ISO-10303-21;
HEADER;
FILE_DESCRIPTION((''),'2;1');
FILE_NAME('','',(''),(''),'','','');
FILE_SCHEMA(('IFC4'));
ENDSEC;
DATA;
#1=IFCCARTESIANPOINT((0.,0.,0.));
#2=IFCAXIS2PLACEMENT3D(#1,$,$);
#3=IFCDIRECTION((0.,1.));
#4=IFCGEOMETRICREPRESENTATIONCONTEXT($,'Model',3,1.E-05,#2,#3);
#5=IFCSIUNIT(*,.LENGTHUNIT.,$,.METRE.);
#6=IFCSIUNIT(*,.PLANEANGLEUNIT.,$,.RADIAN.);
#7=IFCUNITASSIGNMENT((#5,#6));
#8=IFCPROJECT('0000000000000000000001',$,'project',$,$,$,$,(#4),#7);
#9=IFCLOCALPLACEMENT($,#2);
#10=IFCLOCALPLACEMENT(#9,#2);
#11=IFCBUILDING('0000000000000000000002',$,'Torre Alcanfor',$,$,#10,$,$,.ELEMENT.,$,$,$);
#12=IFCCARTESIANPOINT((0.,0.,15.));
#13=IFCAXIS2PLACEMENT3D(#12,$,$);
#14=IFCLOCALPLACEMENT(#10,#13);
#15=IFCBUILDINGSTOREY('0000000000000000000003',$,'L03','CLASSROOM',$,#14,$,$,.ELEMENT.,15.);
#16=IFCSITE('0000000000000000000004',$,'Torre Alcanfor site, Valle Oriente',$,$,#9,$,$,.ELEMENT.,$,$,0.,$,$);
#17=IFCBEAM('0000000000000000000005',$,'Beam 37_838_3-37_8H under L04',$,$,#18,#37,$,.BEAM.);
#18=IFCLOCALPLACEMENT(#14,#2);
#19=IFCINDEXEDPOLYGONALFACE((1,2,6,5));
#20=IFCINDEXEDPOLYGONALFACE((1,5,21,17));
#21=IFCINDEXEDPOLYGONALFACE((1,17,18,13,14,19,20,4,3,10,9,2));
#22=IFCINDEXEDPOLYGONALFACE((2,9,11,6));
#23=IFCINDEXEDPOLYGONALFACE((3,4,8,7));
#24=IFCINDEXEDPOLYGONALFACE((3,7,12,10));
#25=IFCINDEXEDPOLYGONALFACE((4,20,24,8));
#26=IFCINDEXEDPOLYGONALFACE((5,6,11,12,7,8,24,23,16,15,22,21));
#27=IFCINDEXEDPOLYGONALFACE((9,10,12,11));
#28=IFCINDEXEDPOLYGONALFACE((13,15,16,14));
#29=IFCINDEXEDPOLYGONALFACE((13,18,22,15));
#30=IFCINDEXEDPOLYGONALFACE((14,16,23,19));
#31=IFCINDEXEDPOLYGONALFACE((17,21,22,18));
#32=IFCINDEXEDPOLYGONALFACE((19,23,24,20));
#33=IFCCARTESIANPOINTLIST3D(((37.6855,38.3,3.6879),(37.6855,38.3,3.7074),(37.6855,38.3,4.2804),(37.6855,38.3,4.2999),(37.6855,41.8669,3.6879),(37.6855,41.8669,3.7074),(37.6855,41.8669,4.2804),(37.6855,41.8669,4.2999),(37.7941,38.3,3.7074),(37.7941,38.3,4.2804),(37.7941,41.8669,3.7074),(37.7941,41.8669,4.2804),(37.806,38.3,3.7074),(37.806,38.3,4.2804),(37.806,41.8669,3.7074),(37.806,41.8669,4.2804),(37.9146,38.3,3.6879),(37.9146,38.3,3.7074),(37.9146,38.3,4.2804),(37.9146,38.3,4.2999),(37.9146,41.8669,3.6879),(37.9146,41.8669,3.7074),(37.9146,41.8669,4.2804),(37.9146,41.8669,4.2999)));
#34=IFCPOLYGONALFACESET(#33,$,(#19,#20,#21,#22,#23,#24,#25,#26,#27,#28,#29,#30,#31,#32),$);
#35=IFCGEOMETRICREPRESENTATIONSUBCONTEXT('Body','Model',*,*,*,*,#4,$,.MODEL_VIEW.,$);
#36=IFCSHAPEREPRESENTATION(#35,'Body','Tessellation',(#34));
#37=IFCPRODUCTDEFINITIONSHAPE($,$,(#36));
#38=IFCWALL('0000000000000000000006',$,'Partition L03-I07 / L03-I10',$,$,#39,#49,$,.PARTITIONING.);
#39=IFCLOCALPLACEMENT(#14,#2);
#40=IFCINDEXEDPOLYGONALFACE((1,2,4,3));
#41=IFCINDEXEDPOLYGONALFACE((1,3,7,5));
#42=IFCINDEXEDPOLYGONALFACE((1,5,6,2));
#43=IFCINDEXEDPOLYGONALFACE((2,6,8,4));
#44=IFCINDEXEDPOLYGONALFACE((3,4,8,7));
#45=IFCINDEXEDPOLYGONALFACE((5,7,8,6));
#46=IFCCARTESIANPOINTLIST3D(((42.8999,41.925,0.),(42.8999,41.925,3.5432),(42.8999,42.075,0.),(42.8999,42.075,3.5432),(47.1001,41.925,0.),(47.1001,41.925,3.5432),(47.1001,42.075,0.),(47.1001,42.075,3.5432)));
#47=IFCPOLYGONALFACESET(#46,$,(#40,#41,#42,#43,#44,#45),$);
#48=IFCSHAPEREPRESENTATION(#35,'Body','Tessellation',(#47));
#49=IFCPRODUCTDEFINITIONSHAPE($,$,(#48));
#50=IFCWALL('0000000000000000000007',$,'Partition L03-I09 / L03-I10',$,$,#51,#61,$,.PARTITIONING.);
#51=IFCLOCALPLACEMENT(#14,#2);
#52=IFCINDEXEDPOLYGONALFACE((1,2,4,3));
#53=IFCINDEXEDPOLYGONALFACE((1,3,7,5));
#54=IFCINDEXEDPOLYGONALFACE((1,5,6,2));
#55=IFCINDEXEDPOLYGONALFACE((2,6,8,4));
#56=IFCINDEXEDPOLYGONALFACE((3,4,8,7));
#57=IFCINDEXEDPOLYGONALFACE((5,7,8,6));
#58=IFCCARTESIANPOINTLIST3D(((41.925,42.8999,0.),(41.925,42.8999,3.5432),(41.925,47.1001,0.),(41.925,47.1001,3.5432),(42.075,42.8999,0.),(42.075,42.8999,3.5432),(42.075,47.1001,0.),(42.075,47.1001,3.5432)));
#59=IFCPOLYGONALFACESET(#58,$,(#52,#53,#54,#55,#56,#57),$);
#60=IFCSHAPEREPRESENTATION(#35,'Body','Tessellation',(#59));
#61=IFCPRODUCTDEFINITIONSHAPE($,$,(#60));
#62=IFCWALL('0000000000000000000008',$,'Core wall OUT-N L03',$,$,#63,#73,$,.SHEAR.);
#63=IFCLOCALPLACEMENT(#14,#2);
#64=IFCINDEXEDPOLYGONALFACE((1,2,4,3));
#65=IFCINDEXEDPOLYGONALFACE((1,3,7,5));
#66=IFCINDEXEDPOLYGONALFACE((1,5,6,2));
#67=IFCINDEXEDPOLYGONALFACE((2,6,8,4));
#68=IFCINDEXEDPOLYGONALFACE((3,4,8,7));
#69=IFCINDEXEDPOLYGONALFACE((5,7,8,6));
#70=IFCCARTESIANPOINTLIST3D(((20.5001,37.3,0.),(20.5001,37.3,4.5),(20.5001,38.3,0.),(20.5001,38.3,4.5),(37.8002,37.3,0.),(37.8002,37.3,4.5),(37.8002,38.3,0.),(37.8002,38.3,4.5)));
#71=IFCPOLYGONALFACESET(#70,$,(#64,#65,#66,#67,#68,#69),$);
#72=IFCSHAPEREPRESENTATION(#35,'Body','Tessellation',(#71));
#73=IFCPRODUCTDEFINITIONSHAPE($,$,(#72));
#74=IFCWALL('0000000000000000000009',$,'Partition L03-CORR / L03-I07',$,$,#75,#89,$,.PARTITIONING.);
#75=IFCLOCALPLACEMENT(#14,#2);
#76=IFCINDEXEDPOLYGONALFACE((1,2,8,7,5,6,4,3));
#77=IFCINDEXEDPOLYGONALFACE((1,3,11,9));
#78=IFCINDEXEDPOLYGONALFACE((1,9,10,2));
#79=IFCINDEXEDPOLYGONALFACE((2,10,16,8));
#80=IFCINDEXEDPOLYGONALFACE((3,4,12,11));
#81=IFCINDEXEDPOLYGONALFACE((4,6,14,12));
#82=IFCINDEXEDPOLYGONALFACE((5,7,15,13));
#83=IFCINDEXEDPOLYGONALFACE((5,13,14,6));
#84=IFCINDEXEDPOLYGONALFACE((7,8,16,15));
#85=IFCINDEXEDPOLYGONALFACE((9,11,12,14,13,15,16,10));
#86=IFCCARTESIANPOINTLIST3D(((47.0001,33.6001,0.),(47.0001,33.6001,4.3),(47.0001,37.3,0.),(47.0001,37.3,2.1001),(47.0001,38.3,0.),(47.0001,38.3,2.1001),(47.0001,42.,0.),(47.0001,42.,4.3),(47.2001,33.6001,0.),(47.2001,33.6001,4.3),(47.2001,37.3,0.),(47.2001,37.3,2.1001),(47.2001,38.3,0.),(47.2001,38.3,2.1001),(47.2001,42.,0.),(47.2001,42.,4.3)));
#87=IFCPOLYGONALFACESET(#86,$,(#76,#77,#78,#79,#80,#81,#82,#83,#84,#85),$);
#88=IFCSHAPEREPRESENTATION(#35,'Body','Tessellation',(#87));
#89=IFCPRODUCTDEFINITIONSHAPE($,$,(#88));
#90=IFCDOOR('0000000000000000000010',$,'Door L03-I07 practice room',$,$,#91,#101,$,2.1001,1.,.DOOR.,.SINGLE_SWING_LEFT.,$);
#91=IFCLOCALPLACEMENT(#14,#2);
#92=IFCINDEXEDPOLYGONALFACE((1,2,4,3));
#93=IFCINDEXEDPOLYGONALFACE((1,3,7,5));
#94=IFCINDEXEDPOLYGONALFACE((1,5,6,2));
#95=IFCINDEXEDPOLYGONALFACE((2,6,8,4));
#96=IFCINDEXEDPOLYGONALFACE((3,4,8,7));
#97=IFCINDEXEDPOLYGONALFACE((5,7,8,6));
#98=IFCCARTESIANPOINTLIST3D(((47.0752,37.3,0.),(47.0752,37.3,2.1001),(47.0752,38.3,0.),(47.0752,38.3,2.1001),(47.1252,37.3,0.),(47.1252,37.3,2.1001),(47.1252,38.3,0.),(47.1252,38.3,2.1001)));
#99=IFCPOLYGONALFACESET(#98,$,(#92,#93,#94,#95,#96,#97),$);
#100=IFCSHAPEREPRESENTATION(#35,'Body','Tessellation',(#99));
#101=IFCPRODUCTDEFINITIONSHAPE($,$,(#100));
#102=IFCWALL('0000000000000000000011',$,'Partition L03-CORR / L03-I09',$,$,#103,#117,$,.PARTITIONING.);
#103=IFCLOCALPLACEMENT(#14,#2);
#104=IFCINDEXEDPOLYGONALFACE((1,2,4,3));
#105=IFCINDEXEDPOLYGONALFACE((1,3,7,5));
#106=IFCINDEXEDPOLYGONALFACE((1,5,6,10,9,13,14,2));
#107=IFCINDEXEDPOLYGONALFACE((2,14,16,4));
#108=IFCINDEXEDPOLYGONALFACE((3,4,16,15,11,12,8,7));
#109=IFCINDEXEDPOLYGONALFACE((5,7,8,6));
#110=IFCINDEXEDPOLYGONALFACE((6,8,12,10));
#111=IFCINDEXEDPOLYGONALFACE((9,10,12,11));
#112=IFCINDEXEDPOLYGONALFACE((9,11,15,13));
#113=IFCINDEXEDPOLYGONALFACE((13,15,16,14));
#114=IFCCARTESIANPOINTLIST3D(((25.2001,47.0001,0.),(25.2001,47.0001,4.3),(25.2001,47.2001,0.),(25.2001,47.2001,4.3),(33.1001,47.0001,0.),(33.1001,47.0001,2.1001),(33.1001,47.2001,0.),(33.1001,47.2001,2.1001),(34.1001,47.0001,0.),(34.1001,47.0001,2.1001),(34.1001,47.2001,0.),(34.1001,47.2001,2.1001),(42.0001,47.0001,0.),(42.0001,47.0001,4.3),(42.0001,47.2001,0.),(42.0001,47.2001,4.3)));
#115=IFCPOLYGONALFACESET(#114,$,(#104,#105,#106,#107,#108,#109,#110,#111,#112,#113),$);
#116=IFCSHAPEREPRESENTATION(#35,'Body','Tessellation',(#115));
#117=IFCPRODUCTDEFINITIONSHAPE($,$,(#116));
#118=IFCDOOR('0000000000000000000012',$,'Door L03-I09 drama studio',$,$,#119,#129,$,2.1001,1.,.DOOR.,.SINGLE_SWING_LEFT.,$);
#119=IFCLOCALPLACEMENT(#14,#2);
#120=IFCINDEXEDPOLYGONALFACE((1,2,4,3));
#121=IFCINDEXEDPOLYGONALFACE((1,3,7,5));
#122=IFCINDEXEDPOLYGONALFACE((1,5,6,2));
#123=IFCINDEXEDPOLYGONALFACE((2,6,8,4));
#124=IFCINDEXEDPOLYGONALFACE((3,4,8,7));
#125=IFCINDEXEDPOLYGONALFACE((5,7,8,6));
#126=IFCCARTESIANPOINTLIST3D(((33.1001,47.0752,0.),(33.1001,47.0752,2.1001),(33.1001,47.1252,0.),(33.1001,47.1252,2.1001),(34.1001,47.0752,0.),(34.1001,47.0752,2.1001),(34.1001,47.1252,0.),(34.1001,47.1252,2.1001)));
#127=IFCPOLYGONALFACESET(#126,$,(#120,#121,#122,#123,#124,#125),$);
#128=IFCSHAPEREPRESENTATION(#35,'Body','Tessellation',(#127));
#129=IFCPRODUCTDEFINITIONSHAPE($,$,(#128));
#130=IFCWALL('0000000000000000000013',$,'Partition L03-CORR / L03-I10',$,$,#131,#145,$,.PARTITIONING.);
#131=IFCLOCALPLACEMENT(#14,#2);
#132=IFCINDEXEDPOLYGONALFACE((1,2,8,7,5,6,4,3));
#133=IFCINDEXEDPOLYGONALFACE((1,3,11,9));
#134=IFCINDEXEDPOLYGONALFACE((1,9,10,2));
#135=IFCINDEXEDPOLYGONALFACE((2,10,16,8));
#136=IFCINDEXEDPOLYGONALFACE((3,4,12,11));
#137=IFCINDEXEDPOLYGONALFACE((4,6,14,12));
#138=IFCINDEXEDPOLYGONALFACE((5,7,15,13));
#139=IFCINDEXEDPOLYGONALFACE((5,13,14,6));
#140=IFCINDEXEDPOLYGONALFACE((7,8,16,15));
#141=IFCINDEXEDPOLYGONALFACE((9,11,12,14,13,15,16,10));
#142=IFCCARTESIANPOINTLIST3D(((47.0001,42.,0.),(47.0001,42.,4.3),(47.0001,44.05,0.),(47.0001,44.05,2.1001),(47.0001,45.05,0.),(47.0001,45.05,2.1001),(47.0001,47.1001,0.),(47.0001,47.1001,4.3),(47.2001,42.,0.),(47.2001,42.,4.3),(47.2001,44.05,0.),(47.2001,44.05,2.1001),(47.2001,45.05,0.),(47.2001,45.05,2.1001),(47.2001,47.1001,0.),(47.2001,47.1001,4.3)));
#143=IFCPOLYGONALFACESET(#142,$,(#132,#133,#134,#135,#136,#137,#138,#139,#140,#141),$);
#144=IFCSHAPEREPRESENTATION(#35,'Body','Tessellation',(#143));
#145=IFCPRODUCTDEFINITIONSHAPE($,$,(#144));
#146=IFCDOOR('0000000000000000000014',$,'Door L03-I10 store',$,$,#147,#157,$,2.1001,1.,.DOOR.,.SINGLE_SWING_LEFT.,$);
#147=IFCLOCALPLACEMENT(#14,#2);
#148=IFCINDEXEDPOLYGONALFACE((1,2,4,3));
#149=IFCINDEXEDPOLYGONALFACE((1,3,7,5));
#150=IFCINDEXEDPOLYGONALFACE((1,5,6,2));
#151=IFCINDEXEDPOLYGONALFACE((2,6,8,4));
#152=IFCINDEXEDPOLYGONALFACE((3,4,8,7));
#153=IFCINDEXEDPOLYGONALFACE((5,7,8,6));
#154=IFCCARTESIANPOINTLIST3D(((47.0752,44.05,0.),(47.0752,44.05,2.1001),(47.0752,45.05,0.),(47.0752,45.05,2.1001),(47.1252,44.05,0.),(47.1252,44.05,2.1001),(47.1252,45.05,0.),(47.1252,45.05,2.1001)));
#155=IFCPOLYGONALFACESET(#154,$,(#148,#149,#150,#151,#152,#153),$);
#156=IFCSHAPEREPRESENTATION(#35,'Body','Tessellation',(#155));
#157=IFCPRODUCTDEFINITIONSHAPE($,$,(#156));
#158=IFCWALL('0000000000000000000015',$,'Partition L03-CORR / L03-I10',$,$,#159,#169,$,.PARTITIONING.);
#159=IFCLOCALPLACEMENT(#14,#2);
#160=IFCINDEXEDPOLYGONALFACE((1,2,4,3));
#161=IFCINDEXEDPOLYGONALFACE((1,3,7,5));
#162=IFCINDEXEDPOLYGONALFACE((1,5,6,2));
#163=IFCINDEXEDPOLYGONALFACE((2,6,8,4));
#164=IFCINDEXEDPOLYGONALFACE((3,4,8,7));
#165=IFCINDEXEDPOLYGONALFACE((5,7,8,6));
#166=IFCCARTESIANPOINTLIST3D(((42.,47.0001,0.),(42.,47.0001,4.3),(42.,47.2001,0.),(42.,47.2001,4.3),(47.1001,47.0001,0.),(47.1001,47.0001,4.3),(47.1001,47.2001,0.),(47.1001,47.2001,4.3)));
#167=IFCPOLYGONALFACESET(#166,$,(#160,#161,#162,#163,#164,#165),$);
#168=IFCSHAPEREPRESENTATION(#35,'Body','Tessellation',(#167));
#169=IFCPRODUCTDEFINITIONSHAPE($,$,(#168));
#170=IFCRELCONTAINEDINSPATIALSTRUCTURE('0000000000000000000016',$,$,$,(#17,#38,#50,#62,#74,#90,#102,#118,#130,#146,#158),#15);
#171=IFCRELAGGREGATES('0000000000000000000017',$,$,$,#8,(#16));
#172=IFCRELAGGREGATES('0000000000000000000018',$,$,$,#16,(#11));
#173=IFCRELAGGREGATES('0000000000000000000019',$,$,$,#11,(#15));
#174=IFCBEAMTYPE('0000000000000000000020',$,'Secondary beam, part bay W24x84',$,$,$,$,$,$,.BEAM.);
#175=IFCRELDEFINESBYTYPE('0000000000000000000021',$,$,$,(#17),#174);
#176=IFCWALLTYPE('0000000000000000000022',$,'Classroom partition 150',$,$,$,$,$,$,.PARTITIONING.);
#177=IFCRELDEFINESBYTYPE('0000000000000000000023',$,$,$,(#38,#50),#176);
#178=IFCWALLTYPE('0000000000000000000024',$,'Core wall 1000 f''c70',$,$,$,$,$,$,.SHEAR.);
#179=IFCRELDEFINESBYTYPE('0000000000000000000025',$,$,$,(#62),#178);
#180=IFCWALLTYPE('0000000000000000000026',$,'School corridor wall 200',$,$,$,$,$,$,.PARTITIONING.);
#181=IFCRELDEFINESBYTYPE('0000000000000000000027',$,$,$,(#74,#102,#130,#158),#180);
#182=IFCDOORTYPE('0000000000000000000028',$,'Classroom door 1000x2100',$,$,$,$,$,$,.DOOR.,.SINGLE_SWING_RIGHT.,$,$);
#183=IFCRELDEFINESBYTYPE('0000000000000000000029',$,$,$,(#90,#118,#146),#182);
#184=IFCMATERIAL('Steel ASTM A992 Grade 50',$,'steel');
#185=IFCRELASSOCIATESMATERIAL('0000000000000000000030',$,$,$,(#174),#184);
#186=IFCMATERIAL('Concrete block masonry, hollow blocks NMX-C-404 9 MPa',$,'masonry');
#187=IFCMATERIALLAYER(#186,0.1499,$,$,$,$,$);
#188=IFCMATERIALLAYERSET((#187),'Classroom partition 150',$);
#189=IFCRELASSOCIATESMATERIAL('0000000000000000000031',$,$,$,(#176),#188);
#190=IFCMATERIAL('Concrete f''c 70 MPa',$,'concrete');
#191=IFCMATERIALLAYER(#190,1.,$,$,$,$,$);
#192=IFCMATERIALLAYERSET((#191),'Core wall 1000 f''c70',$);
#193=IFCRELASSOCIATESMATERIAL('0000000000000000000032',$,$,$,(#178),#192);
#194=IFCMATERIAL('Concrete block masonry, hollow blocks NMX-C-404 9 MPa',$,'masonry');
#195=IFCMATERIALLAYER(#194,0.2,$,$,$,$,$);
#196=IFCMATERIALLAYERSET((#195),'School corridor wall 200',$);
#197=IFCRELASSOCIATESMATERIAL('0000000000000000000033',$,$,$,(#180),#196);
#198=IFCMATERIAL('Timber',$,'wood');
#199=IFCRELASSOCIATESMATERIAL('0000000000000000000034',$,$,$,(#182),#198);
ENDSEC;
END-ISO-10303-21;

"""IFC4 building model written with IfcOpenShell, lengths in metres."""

from ifc_helpers import new_model, si_unit, direction, frame, frame_2d, origin, origin_2d, place, context, subcontext, project, spatial, rectangle, i_section, extrude, material, layer, layer_set, material_profile, profile_set, type_object, element, fill, save


model = new_model("IFC4")

# Units and contexts
model_context = context("Model", 3, precision=1e-05, world=origin(), true_north=direction((0.0, 1.0)))
body_context = subcontext(model_context, "Body", "Model", "MODEL_VIEW")
ifc_project = project(units=[si_unit("LENGTHUNIT", "METRE"), si_unit("PLANEANGLEUNIT", "RADIAN")], contexts=[model_context])

# Site, building, storey
site_placement = place(None, origin())
site = spatial("IfcSite", under=ifc_project, at=site_placement, Name="Torre Alcanfor site, Valle Oriente", CompositionType="ELEMENT", RefElevation=0.0)
building_placement = place(site_placement, origin())
building = spatial("IfcBuilding", under=site, at=building_placement, Name="Torre Alcanfor", CompositionType="ELEMENT")
storey_placement = place(building_placement, frame((0.0, 0.0, 15.0)))
storey = spatial("IfcBuildingStorey", under=building, at=storey_placement, Name="L03", Description="CLASSROOM", CompositionType="ELEMENT", Elevation=15.0)

# Beam
ifc_material_1 = material(Name="Steel ASTM A992 Grade 50", Category="steel")
ifc_material_profile_1 = material_profile(ifc_material_1, i_section(OverallWidth=0.229, OverallDepth=0.6121, WebThickness=0.012, FlangeThickness=0.0195, at=origin_2d()), Name="W24x84")
ifc_profile_set_1 = profile_set([ifc_material_profile_1], Name="Steel ASTM A992 Grade 50")
beam_type_1 = type_object("IfcBeamType", Name="Secondary beam, part bay W24x84", PredefinedType="BEAM", material=ifc_profile_set_1)
beam_1_placement = place(storey_placement, frame((37.8, 38.3, 3.9939), z_axis=(0.0, 1.0, 0.0), x_axis=(-1.0, 0.0, 0.0)))
element("IfcBeam", 1, at=beam_1_placement, inside=storey, type_object=beam_type_1, Name="Beam 37_838_3-37_8H under L04", PredefinedType="BEAM", context=body_context, shape_type="SweptSolid", body=[
    extrude(i_section(OverallWidth=0.229, OverallDepth=0.6121, WebThickness=0.012, FlangeThickness=0.0195, at=origin_2d()), origin(), (0.0, 0.0, 1.0), 3.5669),
])

# Walls
ifc_material_2 = material(Name="Concrete block masonry, hollow blocks NMX-C-404 9 MPa", Category="masonry")
ifc_layer_1 = layer(ifc_material_2, 0.1499)
ifc_layer_set_1 = layer_set([ifc_layer_1], Name="Classroom partition 150")
wall_type_1 = type_object("IfcWallType", Name="Classroom partition 150", PredefinedType="PARTITIONING", material=ifc_layer_set_1)
for number, where, z_axis, x_axis, name in (
    (2, (42.8999, 42.0, 0.0), (0.0, 0.0, 1.0), (1.0, 0.0, 0.0), "Partition L03-I07 / L03-I10"),
    (3, (42.0, 47.1001, 0.0), (0.0, 0.0, 1.0), (0.0, -1.0, 0.0), "Partition L03-I09 / L03-I10"),
):
    element("IfcWall", number, at=place(storey_placement, frame(where, z_axis=z_axis, x_axis=x_axis)), inside=storey, type_object=wall_type_1, Name=name, PredefinedType="PARTITIONING", context=body_context, shape_type="SweptSolid", body=[
        extrude(rectangle(XDim=4.2002, YDim=0.1499, at=frame_2d((2.1001, 0.0))), origin(), (0.0, 0.0, 1.0), 3.5432),
    ])
ifc_material_3 = material(Name="Concrete f'c 70 MPa", Category="concrete")
ifc_layer_2 = layer(ifc_material_3, 1.0)
ifc_layer_set_2 = layer_set([ifc_layer_2], Name="Core wall 1000 f'c70")
wall_type_2 = type_object("IfcWallType", Name="Core wall 1000 f'c70", PredefinedType="SHEAR", material=ifc_layer_set_2)
wall_1_placement = place(storey_placement, frame((37.8, 37.8, 0.0), z_axis=(0.0, 0.0, 1.0), x_axis=(-1.0, 0.0, 0.0)))
element("IfcWall", 4, at=wall_1_placement, inside=storey, type_object=wall_type_2, Name="Core wall OUT-N L03", PredefinedType="SHEAR", context=body_context, shape_type="SweptSolid", body=[
    extrude(rectangle(XDim=17.3, YDim=1.0, at=frame_2d((8.6499, 0.0))), origin(), (0.0, 0.0, 1.0), 4.5),
])

# Walls, openings, doors
ifc_material_4 = material(Name="Concrete block masonry, hollow blocks NMX-C-404 9 MPa", Category="masonry")
ifc_layer_3 = layer(ifc_material_4, 0.2)
ifc_layer_set_3 = layer_set([ifc_layer_3], Name="School corridor wall 200")
wall_type_3 = type_object("IfcWallType", Name="School corridor wall 200", PredefinedType="PARTITIONING", material=ifc_layer_set_3)
wall_2_placement = place(storey_placement, frame((47.1001, 33.6001, 0.0), z_axis=(0.0, 0.0, 1.0), x_axis=(0.0, 1.0, 0.0)))
wall_2 = element("IfcWall", 5, at=wall_2_placement, inside=storey, type_object=wall_type_3, Name="Partition L03-CORR / L03-I07", PredefinedType="PARTITIONING", context=body_context, shape_type="SweptSolid", body=[
    extrude(rectangle(XDim=8.3999, YDim=0.2, at=frame_2d((4.2, 0.0))), origin(), (0.0, 0.0, 1.0), 4.3),
])
opening_1_placement = place(wall_2_placement, frame((3.7, 0.0, 0.0)))
opening_1 = element("IfcOpeningElement", 6, at=opening_1_placement, cuts=wall_2, PredefinedType="OPENING", context=body_context, shape_type="SweptSolid", body=[
    extrude(rectangle(XDim=1.0, YDim=2.1001, at=frame_2d((0.5, 1.05))), frame((0.0, 0.1099, 0.0), z_axis=(0.0, -1.0, 0.0), x_axis=(1.0, 0.0, 0.0)), (0.0, 0.0, 1.0), 0.22),
])
ifc_material_5 = material(Name="Timber", Category="wood")
door_type = type_object("IfcDoorType", Name="Classroom door 1000x2100", OperationType="SINGLE_SWING_RIGHT", PredefinedType="DOOR", material=ifc_material_5)
door_1_placement = place(opening_1_placement, origin())
door_1 = element("IfcDoor", 7, at=door_1_placement, inside=storey, type_object=door_type, Name="Door L03-I07 practice room", OperationType="SINGLE_SWING_LEFT", OverallHeight=2.1001, OverallWidth=1.0, PredefinedType="DOOR", context=body_context, shape_type="SweptSolid", body=[
    extrude(rectangle(XDim=1.0, YDim=2.1001, at=frame_2d((0.5, 1.05))), frame((0.0, 0.0249, 0.0), z_axis=(0.0, -1.0, 0.0), x_axis=(1.0, 0.0, 0.0)), (0.0, 0.0, 1.0), 0.05),
])
fill(opening_1, door_1)
wall_3_placement = place(storey_placement, frame((42.0, 47.1001, 0.0), z_axis=(0.0, 0.0, 1.0), x_axis=(-1.0, 0.0, 0.0)))
wall_3 = element("IfcWall", 8, at=wall_3_placement, inside=storey, type_object=wall_type_3, Name="Partition L03-CORR / L03-I09", PredefinedType="PARTITIONING", context=body_context, shape_type="SweptSolid", body=[
    extrude(rectangle(XDim=16.8, YDim=0.2, at=frame_2d((8.3999, 0.0))), origin(), (0.0, 0.0, 1.0), 4.3),
])
opening_2_placement = place(wall_3_placement, frame((7.8999, 0.0, 0.0)))
opening_2 = element("IfcOpeningElement", 9, at=opening_2_placement, cuts=wall_3, PredefinedType="OPENING", context=body_context, shape_type="SweptSolid", body=[
    extrude(rectangle(XDim=1.0, YDim=2.1001, at=frame_2d((0.5, 1.05))), frame((0.0, 0.1099, 0.0), z_axis=(0.0, -1.0, 0.0), x_axis=(1.0, 0.0, 0.0)), (0.0, 0.0, 1.0), 0.22),
])
door_2_placement = place(opening_2_placement, origin())
door_2 = element("IfcDoor", 10, at=door_2_placement, inside=storey, type_object=door_type, Name="Door L03-I09 drama studio", OperationType="SINGLE_SWING_LEFT", OverallHeight=2.1001, OverallWidth=1.0, PredefinedType="DOOR", context=body_context, shape_type="SweptSolid", body=[
    extrude(rectangle(XDim=1.0, YDim=2.1001, at=frame_2d((0.5, 1.05))), frame((0.0, 0.0249, 0.0), z_axis=(0.0, -1.0, 0.0), x_axis=(1.0, 0.0, 0.0)), (0.0, 0.0, 1.0), 0.05),
])
fill(opening_2, door_2)
wall_4_placement = place(storey_placement, frame((47.1001, 42.0, 0.0), z_axis=(0.0, 0.0, 1.0), x_axis=(0.0, 1.0, 0.0)))
wall_4 = element("IfcWall", 11, at=wall_4_placement, inside=storey, type_object=wall_type_3, Name="Partition L03-CORR / L03-I10", PredefinedType="PARTITIONING", context=body_context, shape_type="SweptSolid", body=[
    extrude(rectangle(XDim=5.1001, YDim=0.2, at=frame_2d((2.55, 0.0))), origin(), (0.0, 0.0, 1.0), 4.3),
])
opening_3_placement = place(wall_4_placement, frame((2.05, 0.0, 0.0)))
opening_3 = element("IfcOpeningElement", 12, at=opening_3_placement, cuts=wall_4, PredefinedType="OPENING", context=body_context, shape_type="SweptSolid", body=[
    extrude(rectangle(XDim=1.0, YDim=2.1001, at=frame_2d((0.5, 1.05))), frame((0.0, 0.1099, 0.0), z_axis=(0.0, -1.0, 0.0), x_axis=(1.0, 0.0, 0.0)), (0.0, 0.0, 1.0), 0.22),
])
door_3_placement = place(opening_3_placement, origin())
door_3 = element("IfcDoor", 13, at=door_3_placement, inside=storey, type_object=door_type, Name="Door L03-I10 store", OperationType="SINGLE_SWING_LEFT", OverallHeight=2.1001, OverallWidth=1.0, PredefinedType="DOOR", context=body_context, shape_type="SweptSolid", body=[
    extrude(rectangle(XDim=1.0, YDim=2.1001, at=frame_2d((0.5, 1.05))), frame((0.0, 0.0249, 0.0), z_axis=(0.0, -1.0, 0.0), x_axis=(1.0, 0.0, 0.0)), (0.0, 0.0, 1.0), 0.05),
])
fill(opening_3, door_3)

# Wall
wall_5_placement = place(storey_placement, frame((47.1001, 47.1001, 0.0), z_axis=(0.0, 0.0, 1.0), x_axis=(-1.0, 0.0, 0.0)))
element("IfcWall", 14, at=wall_5_placement, inside=storey, type_object=wall_type_3, Name="Partition L03-CORR / L03-I10", PredefinedType="PARTITIONING", context=body_context, shape_type="SweptSolid", body=[
    extrude(rectangle(XDim=5.1001, YDim=0.2, at=frame_2d((2.55, 0.0))), origin(), (0.0, 0.0, 1.0), 4.3),
])

save(model, "model.ifc")
